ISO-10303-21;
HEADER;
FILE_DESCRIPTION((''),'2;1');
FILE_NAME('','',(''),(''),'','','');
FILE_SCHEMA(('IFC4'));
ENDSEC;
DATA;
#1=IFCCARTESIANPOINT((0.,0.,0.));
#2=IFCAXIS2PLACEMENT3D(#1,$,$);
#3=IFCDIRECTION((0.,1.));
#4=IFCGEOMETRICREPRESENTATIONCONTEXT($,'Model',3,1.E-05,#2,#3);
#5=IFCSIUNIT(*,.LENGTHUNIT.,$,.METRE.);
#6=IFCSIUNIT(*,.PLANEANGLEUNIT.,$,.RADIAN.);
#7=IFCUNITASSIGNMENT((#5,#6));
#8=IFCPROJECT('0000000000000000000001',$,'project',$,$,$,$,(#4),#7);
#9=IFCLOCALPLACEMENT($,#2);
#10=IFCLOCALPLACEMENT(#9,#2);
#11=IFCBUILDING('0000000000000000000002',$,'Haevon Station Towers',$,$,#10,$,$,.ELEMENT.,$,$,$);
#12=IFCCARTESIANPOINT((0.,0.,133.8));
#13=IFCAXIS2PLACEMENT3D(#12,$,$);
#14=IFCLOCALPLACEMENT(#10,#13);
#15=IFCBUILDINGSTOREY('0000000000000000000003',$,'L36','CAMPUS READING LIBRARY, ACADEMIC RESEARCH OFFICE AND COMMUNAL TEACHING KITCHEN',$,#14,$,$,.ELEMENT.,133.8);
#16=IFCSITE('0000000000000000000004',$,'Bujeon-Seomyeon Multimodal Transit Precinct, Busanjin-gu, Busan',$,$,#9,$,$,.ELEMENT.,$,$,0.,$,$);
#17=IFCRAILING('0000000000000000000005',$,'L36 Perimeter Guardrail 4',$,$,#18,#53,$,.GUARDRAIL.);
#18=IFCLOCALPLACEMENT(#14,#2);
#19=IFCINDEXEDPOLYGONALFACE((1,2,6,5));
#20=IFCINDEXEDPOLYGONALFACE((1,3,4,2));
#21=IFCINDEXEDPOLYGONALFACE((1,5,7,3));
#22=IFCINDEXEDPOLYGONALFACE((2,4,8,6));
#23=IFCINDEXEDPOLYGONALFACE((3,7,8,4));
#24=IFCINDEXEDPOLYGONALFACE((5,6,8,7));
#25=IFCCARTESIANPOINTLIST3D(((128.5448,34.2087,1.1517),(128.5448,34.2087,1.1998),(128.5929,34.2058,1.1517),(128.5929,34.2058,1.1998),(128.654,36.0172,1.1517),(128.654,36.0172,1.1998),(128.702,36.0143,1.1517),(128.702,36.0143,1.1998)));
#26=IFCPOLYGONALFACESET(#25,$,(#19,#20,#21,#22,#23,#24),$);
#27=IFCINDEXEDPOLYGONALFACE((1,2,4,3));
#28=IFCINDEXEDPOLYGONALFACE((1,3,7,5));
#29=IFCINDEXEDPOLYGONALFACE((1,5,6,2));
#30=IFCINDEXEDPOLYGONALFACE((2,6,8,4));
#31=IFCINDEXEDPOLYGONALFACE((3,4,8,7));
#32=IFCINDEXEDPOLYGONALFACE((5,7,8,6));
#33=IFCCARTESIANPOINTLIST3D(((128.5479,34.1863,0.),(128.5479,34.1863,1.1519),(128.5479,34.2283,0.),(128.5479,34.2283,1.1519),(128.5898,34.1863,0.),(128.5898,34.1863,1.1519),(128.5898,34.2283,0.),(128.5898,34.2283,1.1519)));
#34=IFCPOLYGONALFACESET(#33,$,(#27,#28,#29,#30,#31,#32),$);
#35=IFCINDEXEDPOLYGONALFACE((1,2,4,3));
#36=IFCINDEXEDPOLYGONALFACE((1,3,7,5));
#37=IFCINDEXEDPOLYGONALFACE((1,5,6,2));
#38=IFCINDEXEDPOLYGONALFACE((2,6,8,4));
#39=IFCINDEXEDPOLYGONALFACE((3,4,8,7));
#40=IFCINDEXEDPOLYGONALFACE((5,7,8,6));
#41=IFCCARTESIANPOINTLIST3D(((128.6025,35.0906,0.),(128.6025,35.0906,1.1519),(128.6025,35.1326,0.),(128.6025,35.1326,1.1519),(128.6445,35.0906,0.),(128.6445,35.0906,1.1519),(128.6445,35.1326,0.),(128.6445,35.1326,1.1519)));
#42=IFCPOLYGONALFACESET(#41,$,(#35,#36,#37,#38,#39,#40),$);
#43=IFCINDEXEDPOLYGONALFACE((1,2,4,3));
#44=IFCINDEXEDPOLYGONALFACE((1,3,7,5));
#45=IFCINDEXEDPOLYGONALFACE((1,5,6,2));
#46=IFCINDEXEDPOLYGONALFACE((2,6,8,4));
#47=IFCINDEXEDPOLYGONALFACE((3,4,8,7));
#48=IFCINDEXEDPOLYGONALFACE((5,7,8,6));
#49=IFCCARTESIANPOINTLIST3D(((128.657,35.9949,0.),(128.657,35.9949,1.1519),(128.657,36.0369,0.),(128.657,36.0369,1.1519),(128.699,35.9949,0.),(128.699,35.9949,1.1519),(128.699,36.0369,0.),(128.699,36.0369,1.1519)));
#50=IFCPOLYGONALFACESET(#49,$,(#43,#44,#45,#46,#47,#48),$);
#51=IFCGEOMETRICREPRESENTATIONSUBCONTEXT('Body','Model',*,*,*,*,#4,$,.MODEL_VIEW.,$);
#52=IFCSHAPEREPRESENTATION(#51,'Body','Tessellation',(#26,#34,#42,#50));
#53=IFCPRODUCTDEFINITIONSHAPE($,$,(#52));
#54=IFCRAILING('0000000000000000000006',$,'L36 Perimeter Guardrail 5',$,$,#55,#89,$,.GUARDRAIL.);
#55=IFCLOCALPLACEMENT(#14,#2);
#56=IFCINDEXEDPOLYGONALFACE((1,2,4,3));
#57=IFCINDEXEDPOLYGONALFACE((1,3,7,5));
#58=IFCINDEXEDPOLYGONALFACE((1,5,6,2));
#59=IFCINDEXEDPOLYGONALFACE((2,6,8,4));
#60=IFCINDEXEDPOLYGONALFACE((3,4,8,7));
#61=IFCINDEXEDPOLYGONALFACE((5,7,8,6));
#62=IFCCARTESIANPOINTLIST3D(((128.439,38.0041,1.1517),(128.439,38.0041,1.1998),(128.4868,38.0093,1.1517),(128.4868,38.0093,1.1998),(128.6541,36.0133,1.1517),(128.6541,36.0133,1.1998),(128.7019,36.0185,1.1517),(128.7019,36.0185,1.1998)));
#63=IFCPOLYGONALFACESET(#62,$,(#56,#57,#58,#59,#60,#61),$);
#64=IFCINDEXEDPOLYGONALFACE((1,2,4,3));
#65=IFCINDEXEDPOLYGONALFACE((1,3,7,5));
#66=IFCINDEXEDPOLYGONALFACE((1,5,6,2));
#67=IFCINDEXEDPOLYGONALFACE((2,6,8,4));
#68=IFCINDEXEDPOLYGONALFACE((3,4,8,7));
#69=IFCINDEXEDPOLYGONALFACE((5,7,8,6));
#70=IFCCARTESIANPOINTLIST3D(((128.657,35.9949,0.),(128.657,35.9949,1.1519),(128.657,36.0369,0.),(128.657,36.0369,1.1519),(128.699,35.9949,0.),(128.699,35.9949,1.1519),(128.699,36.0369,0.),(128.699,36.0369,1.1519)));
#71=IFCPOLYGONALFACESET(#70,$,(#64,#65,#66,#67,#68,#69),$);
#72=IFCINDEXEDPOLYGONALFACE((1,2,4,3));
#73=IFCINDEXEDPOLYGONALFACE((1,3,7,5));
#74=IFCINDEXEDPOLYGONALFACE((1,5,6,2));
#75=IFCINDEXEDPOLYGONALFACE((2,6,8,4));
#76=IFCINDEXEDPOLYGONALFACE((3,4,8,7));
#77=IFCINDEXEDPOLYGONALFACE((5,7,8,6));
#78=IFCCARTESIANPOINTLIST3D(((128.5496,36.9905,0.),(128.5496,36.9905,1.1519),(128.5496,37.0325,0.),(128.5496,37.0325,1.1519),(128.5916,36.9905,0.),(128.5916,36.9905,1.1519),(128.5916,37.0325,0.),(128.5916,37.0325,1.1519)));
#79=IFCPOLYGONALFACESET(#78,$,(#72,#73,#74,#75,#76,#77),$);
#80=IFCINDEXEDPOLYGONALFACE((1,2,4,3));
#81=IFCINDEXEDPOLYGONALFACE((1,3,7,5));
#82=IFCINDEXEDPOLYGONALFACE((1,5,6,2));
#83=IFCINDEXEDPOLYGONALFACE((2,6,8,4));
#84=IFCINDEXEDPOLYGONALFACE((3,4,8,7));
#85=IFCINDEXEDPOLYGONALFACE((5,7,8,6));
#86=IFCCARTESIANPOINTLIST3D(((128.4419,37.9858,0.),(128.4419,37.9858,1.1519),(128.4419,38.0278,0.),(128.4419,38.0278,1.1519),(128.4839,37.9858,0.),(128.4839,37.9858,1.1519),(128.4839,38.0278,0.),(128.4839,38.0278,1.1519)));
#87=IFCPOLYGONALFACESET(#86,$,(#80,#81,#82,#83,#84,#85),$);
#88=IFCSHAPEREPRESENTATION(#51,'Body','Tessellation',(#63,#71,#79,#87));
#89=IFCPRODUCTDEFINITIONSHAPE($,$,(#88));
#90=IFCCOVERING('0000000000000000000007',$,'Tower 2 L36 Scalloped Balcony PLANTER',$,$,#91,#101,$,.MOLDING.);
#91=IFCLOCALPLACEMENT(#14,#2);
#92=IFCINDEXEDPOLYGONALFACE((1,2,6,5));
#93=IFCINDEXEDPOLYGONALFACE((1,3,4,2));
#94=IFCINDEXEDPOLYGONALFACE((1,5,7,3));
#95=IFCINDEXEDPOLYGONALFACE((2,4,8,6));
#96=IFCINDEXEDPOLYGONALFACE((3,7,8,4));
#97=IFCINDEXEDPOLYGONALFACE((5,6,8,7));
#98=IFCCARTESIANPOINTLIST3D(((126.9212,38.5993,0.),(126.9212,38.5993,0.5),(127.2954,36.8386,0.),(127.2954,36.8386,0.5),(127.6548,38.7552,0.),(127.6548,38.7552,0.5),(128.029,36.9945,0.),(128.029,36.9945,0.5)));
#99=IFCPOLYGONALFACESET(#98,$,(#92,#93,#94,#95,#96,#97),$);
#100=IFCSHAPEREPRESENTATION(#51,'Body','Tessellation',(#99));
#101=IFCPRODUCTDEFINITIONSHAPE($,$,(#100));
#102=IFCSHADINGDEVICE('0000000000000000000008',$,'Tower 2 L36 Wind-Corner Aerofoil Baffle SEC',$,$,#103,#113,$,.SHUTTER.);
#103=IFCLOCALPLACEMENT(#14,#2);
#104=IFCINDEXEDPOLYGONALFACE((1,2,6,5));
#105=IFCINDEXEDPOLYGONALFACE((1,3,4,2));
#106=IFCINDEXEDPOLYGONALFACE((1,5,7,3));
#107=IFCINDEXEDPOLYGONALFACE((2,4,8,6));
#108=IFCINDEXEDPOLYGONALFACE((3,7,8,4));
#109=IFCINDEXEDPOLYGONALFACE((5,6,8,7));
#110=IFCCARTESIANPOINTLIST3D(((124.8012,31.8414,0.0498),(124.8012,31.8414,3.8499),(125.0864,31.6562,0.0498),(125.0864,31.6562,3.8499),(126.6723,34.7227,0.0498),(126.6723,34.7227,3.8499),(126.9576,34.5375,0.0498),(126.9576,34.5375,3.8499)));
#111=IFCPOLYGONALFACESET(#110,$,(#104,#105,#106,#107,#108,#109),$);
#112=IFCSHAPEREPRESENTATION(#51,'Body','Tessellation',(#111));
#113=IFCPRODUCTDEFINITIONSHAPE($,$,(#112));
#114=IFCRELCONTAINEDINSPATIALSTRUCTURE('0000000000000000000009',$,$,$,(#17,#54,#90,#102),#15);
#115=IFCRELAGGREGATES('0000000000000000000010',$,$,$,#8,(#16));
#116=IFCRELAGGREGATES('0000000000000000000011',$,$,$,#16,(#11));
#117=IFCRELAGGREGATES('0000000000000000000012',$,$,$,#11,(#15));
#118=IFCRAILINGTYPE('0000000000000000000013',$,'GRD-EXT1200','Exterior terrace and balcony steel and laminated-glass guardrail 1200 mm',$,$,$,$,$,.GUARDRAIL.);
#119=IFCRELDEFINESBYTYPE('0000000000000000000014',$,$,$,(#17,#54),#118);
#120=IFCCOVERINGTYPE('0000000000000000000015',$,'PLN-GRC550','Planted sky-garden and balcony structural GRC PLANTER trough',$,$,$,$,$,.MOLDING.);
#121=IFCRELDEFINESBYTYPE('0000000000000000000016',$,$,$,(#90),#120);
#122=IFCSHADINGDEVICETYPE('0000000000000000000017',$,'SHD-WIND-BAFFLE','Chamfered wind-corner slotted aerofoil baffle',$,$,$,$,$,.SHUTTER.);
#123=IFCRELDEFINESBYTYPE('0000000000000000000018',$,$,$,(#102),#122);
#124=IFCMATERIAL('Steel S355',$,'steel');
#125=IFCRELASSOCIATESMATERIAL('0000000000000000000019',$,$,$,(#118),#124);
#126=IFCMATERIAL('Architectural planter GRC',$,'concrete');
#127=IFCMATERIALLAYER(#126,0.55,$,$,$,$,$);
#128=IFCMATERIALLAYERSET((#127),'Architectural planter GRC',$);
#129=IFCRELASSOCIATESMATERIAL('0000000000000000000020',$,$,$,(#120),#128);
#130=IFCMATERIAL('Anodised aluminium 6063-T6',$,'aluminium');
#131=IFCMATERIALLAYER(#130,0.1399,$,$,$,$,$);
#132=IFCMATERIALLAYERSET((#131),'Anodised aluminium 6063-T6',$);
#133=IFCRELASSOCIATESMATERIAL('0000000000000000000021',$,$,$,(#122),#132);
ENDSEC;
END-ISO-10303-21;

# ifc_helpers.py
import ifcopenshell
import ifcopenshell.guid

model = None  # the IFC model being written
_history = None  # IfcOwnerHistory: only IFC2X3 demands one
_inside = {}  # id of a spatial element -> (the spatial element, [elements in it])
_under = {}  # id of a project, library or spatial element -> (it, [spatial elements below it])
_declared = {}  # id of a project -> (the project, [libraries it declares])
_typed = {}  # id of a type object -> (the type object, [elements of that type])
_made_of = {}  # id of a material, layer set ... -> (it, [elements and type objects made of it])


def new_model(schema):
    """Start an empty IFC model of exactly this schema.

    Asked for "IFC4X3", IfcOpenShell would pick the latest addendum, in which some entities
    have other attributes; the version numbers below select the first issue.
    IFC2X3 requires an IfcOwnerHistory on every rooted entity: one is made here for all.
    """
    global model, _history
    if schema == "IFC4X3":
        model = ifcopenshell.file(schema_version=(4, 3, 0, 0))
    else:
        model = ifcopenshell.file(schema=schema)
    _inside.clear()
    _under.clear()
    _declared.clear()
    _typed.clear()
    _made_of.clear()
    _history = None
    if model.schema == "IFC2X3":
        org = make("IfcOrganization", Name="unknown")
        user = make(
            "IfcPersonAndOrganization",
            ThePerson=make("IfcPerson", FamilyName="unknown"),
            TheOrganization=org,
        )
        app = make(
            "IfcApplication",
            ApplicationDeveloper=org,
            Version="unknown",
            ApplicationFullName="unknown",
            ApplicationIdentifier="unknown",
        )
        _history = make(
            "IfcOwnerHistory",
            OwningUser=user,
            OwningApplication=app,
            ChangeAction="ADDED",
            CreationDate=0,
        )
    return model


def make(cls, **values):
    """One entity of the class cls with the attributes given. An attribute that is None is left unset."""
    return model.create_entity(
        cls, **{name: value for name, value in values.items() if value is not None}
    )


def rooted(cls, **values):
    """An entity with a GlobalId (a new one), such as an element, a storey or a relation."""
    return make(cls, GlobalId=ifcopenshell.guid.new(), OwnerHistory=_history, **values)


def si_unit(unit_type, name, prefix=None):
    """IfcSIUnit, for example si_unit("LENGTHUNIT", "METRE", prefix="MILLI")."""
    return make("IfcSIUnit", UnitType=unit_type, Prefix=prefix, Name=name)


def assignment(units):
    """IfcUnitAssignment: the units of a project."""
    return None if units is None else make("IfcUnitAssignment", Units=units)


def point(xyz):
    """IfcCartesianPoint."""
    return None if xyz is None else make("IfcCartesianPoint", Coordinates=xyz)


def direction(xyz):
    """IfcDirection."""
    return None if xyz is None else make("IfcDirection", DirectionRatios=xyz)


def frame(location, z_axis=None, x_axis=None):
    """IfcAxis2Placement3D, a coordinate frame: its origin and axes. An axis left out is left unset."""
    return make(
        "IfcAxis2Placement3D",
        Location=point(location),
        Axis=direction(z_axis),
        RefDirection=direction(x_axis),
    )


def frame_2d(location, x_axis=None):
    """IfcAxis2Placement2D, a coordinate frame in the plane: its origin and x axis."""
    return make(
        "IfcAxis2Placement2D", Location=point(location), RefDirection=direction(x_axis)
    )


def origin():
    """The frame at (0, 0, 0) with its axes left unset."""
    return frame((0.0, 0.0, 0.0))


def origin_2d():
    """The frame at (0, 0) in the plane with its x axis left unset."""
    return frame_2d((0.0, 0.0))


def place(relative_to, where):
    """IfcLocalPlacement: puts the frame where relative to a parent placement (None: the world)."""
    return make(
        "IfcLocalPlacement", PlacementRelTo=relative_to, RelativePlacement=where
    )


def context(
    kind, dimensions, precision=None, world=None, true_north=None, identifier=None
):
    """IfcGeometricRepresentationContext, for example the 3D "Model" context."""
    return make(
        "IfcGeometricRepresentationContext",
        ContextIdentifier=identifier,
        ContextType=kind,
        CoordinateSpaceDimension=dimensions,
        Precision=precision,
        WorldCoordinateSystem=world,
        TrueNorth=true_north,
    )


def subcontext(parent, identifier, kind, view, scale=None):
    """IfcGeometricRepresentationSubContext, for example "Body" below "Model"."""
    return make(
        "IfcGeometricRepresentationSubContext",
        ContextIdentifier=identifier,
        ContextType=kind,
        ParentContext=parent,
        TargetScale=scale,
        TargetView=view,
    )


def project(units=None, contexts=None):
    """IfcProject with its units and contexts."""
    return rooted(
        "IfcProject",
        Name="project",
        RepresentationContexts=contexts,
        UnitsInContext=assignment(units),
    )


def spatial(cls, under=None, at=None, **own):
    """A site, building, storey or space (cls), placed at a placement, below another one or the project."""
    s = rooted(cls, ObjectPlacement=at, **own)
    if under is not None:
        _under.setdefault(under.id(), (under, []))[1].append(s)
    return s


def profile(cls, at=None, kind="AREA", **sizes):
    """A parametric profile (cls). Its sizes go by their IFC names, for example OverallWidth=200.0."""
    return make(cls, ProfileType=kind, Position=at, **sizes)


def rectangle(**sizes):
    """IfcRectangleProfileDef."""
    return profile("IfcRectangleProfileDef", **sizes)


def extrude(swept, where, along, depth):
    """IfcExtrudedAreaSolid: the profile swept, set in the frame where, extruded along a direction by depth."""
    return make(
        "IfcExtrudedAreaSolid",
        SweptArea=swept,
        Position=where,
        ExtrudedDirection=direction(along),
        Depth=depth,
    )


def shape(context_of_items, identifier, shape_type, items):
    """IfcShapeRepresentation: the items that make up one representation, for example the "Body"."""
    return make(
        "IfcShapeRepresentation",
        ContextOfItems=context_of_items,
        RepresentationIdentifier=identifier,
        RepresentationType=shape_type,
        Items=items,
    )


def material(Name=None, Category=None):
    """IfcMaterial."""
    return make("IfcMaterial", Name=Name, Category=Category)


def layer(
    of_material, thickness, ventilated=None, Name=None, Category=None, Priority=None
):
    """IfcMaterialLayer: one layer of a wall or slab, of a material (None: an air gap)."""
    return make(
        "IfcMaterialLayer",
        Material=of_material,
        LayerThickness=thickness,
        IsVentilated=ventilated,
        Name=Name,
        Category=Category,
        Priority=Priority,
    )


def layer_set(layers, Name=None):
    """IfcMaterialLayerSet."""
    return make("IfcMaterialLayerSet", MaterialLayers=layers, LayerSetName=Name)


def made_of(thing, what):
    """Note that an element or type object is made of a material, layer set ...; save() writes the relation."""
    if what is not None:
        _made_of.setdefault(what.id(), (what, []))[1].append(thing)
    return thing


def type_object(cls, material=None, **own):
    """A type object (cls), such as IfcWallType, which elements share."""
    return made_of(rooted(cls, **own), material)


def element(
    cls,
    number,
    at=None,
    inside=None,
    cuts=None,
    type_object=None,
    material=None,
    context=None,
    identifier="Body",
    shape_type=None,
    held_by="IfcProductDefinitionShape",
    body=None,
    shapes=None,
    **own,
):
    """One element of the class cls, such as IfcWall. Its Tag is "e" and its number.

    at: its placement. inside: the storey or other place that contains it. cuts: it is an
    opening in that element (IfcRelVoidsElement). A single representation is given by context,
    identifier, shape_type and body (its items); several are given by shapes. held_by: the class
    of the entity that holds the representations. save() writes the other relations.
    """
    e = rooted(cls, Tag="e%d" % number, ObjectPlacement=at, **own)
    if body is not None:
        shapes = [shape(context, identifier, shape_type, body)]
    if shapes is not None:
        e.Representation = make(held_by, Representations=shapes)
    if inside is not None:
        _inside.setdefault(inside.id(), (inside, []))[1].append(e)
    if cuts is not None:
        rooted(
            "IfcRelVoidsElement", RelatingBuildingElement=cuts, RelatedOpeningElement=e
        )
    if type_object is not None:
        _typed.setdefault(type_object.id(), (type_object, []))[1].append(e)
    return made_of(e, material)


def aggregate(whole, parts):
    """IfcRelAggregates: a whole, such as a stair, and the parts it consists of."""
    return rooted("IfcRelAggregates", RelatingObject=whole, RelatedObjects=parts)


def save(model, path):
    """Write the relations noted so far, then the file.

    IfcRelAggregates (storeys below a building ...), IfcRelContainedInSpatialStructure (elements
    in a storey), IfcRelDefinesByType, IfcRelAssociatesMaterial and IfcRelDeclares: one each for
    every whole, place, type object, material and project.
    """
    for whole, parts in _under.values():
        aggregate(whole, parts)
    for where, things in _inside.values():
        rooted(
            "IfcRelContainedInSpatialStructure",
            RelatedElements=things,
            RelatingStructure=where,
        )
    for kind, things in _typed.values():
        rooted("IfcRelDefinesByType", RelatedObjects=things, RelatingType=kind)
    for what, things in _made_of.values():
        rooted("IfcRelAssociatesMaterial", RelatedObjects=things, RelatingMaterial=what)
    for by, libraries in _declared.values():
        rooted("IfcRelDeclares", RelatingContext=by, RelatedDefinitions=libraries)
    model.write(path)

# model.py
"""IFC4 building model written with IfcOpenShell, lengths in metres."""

from ifc_helpers import new_model, si_unit, direction, frame, origin, origin_2d, place, context, subcontext, project, spatial, rectangle, extrude, material, layer, layer_set, type_object, element, save


model = new_model("IFC4")

# Units and contexts
model_context = context("Model", 3, precision=1e-05, world=origin(), true_north=direction((0.0, 1.0)))
body_context = subcontext(model_context, "Body", "Model", "MODEL_VIEW")
ifc_project = project(units=[si_unit("LENGTHUNIT", "METRE"), si_unit("PLANEANGLEUNIT", "RADIAN")], contexts=[model_context])

# Site, building, storey
site_placement = place(None, origin())
site = spatial("IfcSite", under=ifc_project, at=site_placement, Name="Bujeon-Seomyeon Multimodal Transit Precinct, Busanjin-gu, Busan", CompositionType="ELEMENT", RefElevation=0.0)
building_placement = place(site_placement, origin())
building = spatial("IfcBuilding", under=site, at=building_placement, Name="Haevon Station Towers", CompositionType="ELEMENT")
storey_placement = place(building_placement, frame((0.0, 0.0, 133.8)))
storey = spatial("IfcBuildingStorey", under=building, at=storey_placement, Name="L36", Description="CAMPUS READING LIBRARY, ACADEMIC RESEARCH OFFICE AND COMMUNAL TEACHING KITCHEN", CompositionType="ELEMENT", Elevation=133.8)

# Shared definitions
ifc_material_1 = material(Name="Steel S355", Category="steel")

# Railings
railing_type = type_object("IfcRailingType", Name="GRD-EXT1200", Description="Exterior terrace and balcony steel and laminated-glass guardrail 1200 mm", PredefinedType="GUARDRAIL", material=ifc_material_1)
railing_1_placement = place(storey_placement, frame((128.5688, 34.2073, 0.0)))
element("IfcRailing", 1, at=railing_1_placement, inside=storey, type_object=railing_type, Name="L36 Perimeter Guardrail 4", PredefinedType="GUARDRAIL", context=body_context, shape_type="SweptSolid", body=[
    extrude(rectangle(XDim=0.0481, YDim=0.0481, at=origin_2d()), frame((0.0, 0.0, 1.1758), z_axis=(0.060231, 0.998184, 0.0), x_axis=(-0.998184, 0.060231, 0.0)), (0.0, 0.0, 1.0), 1.8118),
    extrude(rectangle(XDim=0.042, YDim=0.042, at=origin_2d()), origin(), (0.0, 0.0, 1.0), 1.1519),
    extrude(rectangle(XDim=0.042, YDim=0.042, at=origin_2d()), frame((0.0547, 0.9043, 0.0)), (0.0, 0.0, 1.0), 1.1519),
    extrude(rectangle(XDim=0.042, YDim=0.042, at=origin_2d()), frame((0.1091, 1.8086, 0.0)), (0.0, 0.0, 1.0), 1.1519),
])
railing_2_placement = place(storey_placement, frame((128.678, 36.0159, 0.0)))
element("IfcRailing", 2, at=railing_2_placement, inside=storey, type_object=railing_type, Name="L36 Perimeter Guardrail 5", PredefinedType="GUARDRAIL", context=body_context, shape_type="SweptSolid", body=[
    extrude(rectangle(XDim=0.0481, YDim=0.0481, at=origin_2d()), frame((0.0, 0.0, 1.1758), z_axis=(-0.107407, 0.994215, 0.0), x_axis=(-0.994215, -0.107407, 0.0)), (0.0, 0.0, 1.0), 2.0024),
    extrude(rectangle(XDim=0.042, YDim=0.042, at=origin_2d()), origin(), (0.0, 0.0, 1.0), 1.1519),
    extrude(rectangle(XDim=0.042, YDim=0.042, at=origin_2d()), frame((-0.1074, 0.9956, 0.0)), (0.0, 0.0, 1.0), 1.1519),
    extrude(rectangle(XDim=0.042, YDim=0.042, at=origin_2d()), frame((-0.2151, 1.991, 0.0)), (0.0, 0.0, 1.0), 1.1519),
])

# Covering
ifc_material_2 = material(Name="Architectural planter GRC", Category="concrete")
ifc_layer_1 = layer(ifc_material_2, 0.55)
ifc_layer_set_1 = layer_set([ifc_layer_1], Name="Architectural planter GRC")
covering_type = type_object("IfcCoveringType", Name="PLN-GRC550", Description="Planted sky-garden and balcony structural GRC PLANTER trough", PredefinedType="MOLDING", material=ifc_layer_set_1)
covering_placement = place(storey_placement, frame((127.4751, 37.7969, 0.0), z_axis=(0.0, 0.0, 1.0), x_axis=(0.978148, 0.207912, 0.0)))
element("IfcCovering", 3, at=covering_placement, inside=storey, type_object=covering_type, Name="Tower 2 L36 Scalloped Balcony PLANTER", PredefinedType="MOLDING", context=body_context, shape_type="SweptSolid", body=[
    extrude(rectangle(XDim=0.75, YDim=1.8, at=origin_2d()), origin(), (0.0, 0.0, 1.0), 0.5),
])

# Shading device
ifc_material_3 = material(Name="Anodised aluminium 6063-T6", Category="aluminium")
ifc_layer_2 = layer(ifc_material_3, 0.1399)
ifc_layer_set_2 = layer_set([ifc_layer_2], Name="Anodised aluminium 6063-T6")
shading_device_type = type_object("IfcShadingDeviceType", Name="SHD-WIND-BAFFLE", Description="Chamfered wind-corner slotted aerofoil baffle", PredefinedType="SHUTTER", material=ifc_layer_set_2)
shading_device_placement = place(storey_placement, frame((125.8794, 33.1895, 0.0498), z_axis=(0.0, 0.0, 1.0), x_axis=(-0.544639, -0.838671, 0.0)))
element("IfcShadingDevice", 4, at=shading_device_placement, inside=storey, type_object=shading_device_type, Name="Tower 2 L36 Wind-Corner Aerofoil Baffle SEC", PredefinedType="SHUTTER", context=body_context, shape_type="SweptSolid", body=[
    extrude(rectangle(XDim=3.4355, YDim=0.3401, at=origin_2d()), origin(), (0.0, 0.0, 1.0), 3.8),
])

save(model, "model.ifc")
